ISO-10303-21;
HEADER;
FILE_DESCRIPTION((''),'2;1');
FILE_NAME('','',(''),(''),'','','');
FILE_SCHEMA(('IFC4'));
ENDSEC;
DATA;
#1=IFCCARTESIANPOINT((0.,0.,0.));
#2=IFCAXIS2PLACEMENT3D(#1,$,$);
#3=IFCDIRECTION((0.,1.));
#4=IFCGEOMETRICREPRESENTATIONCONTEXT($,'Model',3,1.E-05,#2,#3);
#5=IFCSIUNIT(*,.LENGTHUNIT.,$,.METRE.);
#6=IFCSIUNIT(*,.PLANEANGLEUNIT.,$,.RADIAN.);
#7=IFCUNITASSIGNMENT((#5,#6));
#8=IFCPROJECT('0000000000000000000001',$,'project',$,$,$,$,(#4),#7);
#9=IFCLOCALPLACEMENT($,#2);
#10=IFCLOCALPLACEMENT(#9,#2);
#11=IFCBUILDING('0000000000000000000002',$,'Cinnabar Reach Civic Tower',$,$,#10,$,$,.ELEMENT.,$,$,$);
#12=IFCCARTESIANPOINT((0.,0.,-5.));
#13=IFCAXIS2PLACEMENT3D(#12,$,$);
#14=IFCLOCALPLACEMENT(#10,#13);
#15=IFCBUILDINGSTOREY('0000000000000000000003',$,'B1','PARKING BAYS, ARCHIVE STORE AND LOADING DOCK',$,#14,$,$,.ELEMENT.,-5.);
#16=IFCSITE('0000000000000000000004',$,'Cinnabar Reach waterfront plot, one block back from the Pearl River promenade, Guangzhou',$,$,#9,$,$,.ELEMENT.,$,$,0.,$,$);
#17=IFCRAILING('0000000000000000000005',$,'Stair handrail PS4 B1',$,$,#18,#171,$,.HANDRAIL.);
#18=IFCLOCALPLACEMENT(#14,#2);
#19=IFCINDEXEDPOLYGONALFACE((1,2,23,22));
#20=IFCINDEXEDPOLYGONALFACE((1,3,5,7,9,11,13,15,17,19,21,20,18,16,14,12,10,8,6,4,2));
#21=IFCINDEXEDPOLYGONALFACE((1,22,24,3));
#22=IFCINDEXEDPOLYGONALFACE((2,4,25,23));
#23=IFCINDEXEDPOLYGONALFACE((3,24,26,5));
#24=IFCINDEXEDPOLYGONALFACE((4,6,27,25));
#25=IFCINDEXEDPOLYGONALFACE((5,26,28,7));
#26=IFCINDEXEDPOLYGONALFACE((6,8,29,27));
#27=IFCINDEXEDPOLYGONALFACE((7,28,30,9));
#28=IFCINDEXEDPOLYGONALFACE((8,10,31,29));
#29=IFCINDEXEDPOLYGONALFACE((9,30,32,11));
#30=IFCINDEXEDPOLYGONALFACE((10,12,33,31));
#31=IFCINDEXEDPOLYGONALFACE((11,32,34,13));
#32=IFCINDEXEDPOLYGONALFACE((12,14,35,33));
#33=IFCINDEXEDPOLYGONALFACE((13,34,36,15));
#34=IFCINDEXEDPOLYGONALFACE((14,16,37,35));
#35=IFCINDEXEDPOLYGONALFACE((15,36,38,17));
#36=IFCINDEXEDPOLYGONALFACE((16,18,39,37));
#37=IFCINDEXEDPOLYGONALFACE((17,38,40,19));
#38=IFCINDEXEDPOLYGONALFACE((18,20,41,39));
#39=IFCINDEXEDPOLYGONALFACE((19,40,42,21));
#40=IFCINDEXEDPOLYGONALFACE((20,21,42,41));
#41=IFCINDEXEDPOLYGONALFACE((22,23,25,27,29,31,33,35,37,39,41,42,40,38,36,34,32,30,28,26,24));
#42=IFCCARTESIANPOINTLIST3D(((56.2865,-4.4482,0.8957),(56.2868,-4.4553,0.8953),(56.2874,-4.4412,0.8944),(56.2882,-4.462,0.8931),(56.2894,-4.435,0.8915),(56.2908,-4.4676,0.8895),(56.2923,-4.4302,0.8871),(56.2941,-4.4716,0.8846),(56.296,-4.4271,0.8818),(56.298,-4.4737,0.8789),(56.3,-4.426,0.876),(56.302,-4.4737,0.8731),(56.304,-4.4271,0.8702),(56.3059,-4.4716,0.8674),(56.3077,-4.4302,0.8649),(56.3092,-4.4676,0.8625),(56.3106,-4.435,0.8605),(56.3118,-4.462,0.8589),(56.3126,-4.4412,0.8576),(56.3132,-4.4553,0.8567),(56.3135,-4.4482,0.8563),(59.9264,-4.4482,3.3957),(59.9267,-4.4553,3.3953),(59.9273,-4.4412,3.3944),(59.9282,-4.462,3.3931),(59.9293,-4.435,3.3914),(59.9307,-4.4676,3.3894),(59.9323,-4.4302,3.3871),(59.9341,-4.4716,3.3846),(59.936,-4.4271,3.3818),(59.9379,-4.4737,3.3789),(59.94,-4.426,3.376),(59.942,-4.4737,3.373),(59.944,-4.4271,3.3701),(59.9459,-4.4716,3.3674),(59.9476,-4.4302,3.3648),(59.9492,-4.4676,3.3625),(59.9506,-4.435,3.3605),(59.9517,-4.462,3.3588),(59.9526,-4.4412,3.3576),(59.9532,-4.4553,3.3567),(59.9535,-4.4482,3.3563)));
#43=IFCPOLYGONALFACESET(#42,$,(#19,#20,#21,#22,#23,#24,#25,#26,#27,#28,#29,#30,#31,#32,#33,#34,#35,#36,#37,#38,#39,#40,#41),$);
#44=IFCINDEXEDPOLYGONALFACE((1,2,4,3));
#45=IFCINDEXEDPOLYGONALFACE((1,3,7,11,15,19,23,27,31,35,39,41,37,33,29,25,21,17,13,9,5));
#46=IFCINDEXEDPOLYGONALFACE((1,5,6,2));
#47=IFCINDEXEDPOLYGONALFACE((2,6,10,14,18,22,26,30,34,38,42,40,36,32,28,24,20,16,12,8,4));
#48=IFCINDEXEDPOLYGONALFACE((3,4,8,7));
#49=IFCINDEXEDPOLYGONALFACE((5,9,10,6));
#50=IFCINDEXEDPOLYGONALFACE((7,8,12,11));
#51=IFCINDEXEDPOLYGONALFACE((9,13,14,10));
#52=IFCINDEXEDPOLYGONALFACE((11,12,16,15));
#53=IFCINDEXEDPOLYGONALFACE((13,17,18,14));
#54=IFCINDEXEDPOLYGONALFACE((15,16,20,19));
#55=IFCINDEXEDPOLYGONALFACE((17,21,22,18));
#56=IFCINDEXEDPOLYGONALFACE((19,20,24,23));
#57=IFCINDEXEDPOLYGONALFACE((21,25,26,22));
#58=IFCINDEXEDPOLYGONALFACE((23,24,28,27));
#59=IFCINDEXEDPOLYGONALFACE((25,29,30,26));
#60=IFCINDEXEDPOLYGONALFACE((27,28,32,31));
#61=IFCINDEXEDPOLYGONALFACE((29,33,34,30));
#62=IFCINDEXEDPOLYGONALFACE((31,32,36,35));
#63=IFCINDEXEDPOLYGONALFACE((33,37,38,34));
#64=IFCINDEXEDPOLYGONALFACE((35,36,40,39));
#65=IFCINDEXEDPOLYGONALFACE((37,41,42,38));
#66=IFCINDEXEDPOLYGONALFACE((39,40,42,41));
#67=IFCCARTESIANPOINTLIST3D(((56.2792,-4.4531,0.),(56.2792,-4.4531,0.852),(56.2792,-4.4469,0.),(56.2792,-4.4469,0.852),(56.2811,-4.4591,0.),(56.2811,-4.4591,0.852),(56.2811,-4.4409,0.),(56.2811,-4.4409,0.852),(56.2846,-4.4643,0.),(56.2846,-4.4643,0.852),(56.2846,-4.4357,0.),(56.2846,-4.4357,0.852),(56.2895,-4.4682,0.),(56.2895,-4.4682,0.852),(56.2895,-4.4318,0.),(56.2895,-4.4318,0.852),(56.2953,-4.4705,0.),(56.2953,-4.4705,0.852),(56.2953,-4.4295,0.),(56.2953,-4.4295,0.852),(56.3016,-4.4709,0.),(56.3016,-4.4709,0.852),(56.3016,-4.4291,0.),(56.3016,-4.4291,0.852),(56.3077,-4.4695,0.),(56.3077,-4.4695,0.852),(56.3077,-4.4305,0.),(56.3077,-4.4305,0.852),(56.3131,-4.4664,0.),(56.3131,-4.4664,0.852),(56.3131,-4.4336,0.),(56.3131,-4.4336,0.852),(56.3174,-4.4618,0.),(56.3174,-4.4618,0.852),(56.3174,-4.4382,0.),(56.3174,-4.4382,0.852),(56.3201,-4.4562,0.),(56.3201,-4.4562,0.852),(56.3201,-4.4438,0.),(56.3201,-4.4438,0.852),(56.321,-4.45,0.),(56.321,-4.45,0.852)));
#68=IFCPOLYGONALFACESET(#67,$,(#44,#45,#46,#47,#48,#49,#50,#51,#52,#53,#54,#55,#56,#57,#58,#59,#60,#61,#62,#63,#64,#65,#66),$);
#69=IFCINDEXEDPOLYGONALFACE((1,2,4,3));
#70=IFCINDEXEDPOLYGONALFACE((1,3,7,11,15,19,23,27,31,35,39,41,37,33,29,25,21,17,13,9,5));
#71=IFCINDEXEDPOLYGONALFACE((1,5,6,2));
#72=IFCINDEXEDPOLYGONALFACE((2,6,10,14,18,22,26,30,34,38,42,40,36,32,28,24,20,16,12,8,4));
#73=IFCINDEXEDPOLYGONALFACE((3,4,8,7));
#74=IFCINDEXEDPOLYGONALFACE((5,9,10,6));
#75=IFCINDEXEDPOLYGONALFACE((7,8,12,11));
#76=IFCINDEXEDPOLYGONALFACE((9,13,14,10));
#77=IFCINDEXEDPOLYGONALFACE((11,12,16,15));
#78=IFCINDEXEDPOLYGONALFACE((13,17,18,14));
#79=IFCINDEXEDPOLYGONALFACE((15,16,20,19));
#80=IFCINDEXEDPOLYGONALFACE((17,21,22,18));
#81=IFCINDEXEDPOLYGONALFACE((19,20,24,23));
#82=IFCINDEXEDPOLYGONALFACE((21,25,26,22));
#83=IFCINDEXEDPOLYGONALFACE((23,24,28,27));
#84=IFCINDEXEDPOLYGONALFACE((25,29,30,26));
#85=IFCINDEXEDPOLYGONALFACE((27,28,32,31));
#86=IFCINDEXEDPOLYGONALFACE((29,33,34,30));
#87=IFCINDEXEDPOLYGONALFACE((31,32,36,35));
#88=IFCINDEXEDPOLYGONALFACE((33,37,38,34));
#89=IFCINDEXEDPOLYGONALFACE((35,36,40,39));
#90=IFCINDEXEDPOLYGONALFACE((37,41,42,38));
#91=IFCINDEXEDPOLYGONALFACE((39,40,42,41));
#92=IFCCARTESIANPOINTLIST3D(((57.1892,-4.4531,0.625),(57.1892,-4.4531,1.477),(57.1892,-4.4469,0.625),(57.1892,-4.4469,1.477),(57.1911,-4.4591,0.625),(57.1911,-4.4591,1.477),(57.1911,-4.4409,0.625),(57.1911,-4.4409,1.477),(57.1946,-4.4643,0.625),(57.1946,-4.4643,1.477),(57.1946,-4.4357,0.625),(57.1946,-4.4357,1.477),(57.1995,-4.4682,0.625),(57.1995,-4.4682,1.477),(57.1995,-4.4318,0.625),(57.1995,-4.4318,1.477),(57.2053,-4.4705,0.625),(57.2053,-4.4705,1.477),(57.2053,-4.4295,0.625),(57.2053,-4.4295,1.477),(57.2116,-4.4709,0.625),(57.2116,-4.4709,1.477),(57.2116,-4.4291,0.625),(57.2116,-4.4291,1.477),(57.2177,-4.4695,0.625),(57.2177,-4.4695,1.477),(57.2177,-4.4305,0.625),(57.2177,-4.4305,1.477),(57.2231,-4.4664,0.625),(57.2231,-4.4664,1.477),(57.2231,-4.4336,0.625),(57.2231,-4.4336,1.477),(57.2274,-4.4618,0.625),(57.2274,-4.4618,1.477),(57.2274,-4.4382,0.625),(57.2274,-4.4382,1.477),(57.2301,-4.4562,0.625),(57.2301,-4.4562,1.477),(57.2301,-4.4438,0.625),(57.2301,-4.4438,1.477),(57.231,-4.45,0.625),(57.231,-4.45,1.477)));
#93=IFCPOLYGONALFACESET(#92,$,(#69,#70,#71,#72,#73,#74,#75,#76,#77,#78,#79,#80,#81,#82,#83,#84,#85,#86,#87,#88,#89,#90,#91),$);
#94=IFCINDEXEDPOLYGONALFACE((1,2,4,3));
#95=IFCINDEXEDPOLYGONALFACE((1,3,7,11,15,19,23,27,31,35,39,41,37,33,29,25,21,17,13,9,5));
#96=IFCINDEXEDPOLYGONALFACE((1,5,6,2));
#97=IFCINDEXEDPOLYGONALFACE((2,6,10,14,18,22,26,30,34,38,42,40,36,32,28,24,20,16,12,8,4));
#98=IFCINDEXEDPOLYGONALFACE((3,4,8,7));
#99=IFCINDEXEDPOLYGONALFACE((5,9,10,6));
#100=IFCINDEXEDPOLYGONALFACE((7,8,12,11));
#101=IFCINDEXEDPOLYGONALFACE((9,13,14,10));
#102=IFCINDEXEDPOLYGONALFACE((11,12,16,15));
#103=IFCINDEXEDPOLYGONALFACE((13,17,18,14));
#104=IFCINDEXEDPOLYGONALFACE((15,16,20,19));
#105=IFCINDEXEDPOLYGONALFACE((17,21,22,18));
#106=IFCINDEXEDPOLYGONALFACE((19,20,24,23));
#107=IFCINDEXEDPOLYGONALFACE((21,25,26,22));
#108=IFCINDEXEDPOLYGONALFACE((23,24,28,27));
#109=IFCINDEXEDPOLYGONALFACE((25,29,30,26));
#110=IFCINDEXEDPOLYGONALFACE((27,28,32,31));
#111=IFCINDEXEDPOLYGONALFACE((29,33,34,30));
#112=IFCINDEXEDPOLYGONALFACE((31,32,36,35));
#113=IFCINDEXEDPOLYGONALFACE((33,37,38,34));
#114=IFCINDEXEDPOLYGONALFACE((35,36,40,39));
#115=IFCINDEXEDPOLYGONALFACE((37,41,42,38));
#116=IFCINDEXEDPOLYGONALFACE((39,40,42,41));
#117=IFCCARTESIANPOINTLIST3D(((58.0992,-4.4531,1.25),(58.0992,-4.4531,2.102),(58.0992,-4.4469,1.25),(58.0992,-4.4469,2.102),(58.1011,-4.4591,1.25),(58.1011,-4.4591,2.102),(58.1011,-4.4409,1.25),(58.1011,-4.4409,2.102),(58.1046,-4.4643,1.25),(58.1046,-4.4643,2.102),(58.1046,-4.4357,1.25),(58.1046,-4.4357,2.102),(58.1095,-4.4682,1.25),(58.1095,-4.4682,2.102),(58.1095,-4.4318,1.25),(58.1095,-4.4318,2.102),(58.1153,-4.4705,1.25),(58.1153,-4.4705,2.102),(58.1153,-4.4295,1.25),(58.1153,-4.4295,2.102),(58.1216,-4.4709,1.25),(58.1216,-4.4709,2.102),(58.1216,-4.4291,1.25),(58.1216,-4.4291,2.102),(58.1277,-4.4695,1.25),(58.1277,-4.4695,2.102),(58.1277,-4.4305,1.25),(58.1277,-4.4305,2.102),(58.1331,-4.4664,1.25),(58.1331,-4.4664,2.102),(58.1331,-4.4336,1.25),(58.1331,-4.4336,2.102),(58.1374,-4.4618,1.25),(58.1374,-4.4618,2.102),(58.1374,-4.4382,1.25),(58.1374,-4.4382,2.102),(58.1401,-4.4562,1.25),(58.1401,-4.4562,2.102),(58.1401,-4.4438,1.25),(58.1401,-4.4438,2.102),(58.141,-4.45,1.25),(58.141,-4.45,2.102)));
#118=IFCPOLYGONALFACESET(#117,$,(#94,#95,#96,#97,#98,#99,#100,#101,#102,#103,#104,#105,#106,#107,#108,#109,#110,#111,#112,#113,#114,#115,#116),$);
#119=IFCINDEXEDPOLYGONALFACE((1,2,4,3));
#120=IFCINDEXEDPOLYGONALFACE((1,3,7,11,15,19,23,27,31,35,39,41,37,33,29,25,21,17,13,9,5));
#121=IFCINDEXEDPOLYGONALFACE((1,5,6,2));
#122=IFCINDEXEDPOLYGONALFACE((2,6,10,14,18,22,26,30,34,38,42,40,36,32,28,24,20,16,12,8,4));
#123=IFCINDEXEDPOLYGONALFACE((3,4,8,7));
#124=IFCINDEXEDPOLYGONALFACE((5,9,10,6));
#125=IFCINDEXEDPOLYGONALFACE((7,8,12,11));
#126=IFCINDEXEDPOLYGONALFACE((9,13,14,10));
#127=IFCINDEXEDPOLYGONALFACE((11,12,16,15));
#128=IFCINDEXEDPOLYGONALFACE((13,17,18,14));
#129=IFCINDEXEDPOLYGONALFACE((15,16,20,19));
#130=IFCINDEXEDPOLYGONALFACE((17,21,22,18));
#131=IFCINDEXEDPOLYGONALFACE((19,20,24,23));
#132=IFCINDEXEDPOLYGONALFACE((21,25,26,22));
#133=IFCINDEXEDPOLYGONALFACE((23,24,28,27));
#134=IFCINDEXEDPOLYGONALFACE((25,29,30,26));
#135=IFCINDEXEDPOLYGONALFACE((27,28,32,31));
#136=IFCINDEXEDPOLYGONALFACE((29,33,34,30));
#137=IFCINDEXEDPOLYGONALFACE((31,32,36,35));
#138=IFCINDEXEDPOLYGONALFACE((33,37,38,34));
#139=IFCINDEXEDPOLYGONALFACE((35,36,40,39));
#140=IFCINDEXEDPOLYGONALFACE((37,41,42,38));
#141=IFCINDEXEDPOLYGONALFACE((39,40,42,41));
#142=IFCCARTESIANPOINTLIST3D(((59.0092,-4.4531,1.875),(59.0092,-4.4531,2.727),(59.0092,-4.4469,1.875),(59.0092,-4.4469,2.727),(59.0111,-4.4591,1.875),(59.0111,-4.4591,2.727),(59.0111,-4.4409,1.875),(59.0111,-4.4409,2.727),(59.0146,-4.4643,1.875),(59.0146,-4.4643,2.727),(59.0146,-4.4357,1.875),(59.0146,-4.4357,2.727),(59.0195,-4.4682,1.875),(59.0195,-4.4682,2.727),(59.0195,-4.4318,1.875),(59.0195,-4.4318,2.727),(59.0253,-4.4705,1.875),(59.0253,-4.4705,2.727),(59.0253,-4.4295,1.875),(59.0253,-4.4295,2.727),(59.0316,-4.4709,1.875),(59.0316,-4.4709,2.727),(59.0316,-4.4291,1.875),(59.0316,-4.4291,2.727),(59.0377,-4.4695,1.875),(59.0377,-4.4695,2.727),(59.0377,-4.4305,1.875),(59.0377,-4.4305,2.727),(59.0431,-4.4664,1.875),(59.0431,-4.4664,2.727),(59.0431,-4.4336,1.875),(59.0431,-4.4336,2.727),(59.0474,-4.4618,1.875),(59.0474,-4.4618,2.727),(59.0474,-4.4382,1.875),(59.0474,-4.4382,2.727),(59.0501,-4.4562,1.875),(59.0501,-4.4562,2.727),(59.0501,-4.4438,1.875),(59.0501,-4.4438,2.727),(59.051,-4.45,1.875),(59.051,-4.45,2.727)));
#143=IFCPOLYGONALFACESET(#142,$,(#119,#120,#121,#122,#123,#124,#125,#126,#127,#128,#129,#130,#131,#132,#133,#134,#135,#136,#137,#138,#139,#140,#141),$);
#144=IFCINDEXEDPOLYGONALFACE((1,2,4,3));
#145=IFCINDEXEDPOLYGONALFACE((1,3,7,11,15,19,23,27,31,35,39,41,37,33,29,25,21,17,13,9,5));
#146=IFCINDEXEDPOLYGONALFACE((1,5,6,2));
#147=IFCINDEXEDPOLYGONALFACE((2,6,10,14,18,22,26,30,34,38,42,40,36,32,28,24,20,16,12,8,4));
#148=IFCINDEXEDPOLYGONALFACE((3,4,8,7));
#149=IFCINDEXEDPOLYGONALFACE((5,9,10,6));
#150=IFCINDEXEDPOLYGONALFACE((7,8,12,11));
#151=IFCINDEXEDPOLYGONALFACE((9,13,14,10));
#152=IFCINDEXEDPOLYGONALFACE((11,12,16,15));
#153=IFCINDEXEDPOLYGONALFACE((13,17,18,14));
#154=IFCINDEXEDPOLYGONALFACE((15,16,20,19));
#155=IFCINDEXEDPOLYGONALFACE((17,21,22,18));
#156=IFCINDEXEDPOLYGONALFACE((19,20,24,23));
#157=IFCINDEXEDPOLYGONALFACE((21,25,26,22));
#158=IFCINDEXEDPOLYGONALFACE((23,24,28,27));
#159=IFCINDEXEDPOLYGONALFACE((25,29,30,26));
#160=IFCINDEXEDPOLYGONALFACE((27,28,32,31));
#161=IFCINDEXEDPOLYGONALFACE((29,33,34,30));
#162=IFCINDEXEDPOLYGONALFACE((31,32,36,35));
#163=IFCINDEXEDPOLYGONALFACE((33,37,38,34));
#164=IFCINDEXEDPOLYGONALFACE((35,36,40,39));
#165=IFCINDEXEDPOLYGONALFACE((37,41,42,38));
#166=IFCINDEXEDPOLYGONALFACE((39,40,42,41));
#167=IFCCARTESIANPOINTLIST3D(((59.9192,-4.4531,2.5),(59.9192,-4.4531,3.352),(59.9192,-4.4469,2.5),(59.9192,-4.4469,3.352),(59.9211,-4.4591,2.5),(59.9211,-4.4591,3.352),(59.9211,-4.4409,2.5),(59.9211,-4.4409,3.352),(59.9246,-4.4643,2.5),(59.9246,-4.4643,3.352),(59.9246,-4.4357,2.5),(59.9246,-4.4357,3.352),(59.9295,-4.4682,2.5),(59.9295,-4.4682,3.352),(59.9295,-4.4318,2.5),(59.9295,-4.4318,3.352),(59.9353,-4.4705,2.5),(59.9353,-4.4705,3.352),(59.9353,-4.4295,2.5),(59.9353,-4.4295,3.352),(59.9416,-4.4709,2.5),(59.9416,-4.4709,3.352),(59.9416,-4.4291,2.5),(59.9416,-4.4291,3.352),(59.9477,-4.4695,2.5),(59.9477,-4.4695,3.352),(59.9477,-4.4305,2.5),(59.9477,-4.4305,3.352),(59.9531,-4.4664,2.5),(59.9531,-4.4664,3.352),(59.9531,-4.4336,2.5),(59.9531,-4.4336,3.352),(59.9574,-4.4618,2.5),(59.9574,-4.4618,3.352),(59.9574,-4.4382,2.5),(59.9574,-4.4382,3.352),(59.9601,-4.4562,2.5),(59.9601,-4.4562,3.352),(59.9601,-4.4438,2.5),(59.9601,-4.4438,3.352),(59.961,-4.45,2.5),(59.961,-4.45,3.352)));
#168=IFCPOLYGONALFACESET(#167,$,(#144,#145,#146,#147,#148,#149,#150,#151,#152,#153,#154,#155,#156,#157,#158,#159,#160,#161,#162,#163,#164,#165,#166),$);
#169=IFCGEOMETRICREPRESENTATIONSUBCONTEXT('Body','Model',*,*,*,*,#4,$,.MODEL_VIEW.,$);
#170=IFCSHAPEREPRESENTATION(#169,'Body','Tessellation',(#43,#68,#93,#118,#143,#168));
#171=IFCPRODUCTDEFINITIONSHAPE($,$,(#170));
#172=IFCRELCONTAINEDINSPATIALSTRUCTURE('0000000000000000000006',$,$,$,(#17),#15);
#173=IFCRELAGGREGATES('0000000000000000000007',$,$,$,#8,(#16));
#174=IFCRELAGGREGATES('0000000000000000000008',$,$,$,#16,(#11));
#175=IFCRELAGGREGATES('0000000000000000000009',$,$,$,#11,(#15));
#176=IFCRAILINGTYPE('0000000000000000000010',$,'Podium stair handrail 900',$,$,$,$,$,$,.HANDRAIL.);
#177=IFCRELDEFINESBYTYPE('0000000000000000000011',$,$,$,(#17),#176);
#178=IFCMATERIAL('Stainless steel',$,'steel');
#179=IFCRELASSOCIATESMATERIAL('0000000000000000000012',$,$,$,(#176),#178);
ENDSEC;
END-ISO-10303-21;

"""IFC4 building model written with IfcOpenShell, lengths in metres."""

from ifc_helpers import new_model, si_unit, direction, frame, origin, origin_2d, place, context, subcontext, project, spatial, circle, extrude, material, type_object, element, save


model = new_model("IFC4")

# Units and contexts
model_context = context("Model", 3, precision=1e-05, world=origin(), true_north=direction((0.0, 1.0)))
body_context = subcontext(model_context, "Body", "Model", "MODEL_VIEW")
ifc_project = project(units=[si_unit("LENGTHUNIT", "METRE"), si_unit("PLANEANGLEUNIT", "RADIAN")], contexts=[model_context])

# Site, building, storey
site_placement = place(None, origin())
site = spatial("IfcSite", under=ifc_project, at=site_placement, Name="Cinnabar Reach waterfront plot, one block back from the Pearl River promenade, Guangzhou", CompositionType="ELEMENT", RefElevation=0.0)
building_placement = place(site_placement, origin())
building = spatial("IfcBuilding", under=site, at=building_placement, Name="Cinnabar Reach Civic Tower", CompositionType="ELEMENT")
storey_placement = place(building_placement, frame((0.0, 0.0, -5.0)))
storey = spatial("IfcBuildingStorey", under=building, at=storey_placement, Name="B1", Description="PARKING BAYS, ARCHIVE STORE AND LOADING DOCK", CompositionType="ELEMENT", Elevation=-5.0)

# Railing
ifc_material_1 = material(Name="Stainless steel", Category="steel")
railing_type_1 = type_object("IfcRailingType", Name="Podium stair handrail 900", PredefinedType="HANDRAIL", material=ifc_material_1)
railing_1_placement = place(storey_placement, frame((56.3, -4.45, 0.0)))
element("IfcRailing", 1, at=railing_1_placement, inside=storey, type_object=railing_type_1, Name="Stair handrail PS4 B1", PredefinedType="HANDRAIL", context=body_context, shape_type="SweptSolid", body=[
    extrude(circle(Radius=0.024, at=origin_2d()), frame((0.0, 0.0, 0.876), z_axis=(0.824306, 0.0, 0.566144), x_axis=(0.0, 1.0, 0.0)), (0.0, 0.0, 1.0), 4.4158),
    extrude(circle(Radius=0.021, at=origin_2d()), origin(), (0.0, 0.0, 1.0), 0.852),
    extrude(circle(Radius=0.021, at=origin_2d()), frame((0.91, 0.0, 0.625)), (0.0, 0.0, 1.0), 0.852),
    extrude(circle(Radius=0.021, at=origin_2d()), frame((1.82, 0.0, 1.25)), (0.0, 0.0, 1.0), 0.852),
    extrude(circle(Radius=0.021, at=origin_2d()), frame((2.73, 0.0, 1.875)), (0.0, 0.0, 1.0), 0.852),
    extrude(circle(Radius=0.021, at=origin_2d()), frame((3.64, 0.0, 2.5)), (0.0, 0.0, 1.0), 0.852),
])

save(model, "model.ifc")
